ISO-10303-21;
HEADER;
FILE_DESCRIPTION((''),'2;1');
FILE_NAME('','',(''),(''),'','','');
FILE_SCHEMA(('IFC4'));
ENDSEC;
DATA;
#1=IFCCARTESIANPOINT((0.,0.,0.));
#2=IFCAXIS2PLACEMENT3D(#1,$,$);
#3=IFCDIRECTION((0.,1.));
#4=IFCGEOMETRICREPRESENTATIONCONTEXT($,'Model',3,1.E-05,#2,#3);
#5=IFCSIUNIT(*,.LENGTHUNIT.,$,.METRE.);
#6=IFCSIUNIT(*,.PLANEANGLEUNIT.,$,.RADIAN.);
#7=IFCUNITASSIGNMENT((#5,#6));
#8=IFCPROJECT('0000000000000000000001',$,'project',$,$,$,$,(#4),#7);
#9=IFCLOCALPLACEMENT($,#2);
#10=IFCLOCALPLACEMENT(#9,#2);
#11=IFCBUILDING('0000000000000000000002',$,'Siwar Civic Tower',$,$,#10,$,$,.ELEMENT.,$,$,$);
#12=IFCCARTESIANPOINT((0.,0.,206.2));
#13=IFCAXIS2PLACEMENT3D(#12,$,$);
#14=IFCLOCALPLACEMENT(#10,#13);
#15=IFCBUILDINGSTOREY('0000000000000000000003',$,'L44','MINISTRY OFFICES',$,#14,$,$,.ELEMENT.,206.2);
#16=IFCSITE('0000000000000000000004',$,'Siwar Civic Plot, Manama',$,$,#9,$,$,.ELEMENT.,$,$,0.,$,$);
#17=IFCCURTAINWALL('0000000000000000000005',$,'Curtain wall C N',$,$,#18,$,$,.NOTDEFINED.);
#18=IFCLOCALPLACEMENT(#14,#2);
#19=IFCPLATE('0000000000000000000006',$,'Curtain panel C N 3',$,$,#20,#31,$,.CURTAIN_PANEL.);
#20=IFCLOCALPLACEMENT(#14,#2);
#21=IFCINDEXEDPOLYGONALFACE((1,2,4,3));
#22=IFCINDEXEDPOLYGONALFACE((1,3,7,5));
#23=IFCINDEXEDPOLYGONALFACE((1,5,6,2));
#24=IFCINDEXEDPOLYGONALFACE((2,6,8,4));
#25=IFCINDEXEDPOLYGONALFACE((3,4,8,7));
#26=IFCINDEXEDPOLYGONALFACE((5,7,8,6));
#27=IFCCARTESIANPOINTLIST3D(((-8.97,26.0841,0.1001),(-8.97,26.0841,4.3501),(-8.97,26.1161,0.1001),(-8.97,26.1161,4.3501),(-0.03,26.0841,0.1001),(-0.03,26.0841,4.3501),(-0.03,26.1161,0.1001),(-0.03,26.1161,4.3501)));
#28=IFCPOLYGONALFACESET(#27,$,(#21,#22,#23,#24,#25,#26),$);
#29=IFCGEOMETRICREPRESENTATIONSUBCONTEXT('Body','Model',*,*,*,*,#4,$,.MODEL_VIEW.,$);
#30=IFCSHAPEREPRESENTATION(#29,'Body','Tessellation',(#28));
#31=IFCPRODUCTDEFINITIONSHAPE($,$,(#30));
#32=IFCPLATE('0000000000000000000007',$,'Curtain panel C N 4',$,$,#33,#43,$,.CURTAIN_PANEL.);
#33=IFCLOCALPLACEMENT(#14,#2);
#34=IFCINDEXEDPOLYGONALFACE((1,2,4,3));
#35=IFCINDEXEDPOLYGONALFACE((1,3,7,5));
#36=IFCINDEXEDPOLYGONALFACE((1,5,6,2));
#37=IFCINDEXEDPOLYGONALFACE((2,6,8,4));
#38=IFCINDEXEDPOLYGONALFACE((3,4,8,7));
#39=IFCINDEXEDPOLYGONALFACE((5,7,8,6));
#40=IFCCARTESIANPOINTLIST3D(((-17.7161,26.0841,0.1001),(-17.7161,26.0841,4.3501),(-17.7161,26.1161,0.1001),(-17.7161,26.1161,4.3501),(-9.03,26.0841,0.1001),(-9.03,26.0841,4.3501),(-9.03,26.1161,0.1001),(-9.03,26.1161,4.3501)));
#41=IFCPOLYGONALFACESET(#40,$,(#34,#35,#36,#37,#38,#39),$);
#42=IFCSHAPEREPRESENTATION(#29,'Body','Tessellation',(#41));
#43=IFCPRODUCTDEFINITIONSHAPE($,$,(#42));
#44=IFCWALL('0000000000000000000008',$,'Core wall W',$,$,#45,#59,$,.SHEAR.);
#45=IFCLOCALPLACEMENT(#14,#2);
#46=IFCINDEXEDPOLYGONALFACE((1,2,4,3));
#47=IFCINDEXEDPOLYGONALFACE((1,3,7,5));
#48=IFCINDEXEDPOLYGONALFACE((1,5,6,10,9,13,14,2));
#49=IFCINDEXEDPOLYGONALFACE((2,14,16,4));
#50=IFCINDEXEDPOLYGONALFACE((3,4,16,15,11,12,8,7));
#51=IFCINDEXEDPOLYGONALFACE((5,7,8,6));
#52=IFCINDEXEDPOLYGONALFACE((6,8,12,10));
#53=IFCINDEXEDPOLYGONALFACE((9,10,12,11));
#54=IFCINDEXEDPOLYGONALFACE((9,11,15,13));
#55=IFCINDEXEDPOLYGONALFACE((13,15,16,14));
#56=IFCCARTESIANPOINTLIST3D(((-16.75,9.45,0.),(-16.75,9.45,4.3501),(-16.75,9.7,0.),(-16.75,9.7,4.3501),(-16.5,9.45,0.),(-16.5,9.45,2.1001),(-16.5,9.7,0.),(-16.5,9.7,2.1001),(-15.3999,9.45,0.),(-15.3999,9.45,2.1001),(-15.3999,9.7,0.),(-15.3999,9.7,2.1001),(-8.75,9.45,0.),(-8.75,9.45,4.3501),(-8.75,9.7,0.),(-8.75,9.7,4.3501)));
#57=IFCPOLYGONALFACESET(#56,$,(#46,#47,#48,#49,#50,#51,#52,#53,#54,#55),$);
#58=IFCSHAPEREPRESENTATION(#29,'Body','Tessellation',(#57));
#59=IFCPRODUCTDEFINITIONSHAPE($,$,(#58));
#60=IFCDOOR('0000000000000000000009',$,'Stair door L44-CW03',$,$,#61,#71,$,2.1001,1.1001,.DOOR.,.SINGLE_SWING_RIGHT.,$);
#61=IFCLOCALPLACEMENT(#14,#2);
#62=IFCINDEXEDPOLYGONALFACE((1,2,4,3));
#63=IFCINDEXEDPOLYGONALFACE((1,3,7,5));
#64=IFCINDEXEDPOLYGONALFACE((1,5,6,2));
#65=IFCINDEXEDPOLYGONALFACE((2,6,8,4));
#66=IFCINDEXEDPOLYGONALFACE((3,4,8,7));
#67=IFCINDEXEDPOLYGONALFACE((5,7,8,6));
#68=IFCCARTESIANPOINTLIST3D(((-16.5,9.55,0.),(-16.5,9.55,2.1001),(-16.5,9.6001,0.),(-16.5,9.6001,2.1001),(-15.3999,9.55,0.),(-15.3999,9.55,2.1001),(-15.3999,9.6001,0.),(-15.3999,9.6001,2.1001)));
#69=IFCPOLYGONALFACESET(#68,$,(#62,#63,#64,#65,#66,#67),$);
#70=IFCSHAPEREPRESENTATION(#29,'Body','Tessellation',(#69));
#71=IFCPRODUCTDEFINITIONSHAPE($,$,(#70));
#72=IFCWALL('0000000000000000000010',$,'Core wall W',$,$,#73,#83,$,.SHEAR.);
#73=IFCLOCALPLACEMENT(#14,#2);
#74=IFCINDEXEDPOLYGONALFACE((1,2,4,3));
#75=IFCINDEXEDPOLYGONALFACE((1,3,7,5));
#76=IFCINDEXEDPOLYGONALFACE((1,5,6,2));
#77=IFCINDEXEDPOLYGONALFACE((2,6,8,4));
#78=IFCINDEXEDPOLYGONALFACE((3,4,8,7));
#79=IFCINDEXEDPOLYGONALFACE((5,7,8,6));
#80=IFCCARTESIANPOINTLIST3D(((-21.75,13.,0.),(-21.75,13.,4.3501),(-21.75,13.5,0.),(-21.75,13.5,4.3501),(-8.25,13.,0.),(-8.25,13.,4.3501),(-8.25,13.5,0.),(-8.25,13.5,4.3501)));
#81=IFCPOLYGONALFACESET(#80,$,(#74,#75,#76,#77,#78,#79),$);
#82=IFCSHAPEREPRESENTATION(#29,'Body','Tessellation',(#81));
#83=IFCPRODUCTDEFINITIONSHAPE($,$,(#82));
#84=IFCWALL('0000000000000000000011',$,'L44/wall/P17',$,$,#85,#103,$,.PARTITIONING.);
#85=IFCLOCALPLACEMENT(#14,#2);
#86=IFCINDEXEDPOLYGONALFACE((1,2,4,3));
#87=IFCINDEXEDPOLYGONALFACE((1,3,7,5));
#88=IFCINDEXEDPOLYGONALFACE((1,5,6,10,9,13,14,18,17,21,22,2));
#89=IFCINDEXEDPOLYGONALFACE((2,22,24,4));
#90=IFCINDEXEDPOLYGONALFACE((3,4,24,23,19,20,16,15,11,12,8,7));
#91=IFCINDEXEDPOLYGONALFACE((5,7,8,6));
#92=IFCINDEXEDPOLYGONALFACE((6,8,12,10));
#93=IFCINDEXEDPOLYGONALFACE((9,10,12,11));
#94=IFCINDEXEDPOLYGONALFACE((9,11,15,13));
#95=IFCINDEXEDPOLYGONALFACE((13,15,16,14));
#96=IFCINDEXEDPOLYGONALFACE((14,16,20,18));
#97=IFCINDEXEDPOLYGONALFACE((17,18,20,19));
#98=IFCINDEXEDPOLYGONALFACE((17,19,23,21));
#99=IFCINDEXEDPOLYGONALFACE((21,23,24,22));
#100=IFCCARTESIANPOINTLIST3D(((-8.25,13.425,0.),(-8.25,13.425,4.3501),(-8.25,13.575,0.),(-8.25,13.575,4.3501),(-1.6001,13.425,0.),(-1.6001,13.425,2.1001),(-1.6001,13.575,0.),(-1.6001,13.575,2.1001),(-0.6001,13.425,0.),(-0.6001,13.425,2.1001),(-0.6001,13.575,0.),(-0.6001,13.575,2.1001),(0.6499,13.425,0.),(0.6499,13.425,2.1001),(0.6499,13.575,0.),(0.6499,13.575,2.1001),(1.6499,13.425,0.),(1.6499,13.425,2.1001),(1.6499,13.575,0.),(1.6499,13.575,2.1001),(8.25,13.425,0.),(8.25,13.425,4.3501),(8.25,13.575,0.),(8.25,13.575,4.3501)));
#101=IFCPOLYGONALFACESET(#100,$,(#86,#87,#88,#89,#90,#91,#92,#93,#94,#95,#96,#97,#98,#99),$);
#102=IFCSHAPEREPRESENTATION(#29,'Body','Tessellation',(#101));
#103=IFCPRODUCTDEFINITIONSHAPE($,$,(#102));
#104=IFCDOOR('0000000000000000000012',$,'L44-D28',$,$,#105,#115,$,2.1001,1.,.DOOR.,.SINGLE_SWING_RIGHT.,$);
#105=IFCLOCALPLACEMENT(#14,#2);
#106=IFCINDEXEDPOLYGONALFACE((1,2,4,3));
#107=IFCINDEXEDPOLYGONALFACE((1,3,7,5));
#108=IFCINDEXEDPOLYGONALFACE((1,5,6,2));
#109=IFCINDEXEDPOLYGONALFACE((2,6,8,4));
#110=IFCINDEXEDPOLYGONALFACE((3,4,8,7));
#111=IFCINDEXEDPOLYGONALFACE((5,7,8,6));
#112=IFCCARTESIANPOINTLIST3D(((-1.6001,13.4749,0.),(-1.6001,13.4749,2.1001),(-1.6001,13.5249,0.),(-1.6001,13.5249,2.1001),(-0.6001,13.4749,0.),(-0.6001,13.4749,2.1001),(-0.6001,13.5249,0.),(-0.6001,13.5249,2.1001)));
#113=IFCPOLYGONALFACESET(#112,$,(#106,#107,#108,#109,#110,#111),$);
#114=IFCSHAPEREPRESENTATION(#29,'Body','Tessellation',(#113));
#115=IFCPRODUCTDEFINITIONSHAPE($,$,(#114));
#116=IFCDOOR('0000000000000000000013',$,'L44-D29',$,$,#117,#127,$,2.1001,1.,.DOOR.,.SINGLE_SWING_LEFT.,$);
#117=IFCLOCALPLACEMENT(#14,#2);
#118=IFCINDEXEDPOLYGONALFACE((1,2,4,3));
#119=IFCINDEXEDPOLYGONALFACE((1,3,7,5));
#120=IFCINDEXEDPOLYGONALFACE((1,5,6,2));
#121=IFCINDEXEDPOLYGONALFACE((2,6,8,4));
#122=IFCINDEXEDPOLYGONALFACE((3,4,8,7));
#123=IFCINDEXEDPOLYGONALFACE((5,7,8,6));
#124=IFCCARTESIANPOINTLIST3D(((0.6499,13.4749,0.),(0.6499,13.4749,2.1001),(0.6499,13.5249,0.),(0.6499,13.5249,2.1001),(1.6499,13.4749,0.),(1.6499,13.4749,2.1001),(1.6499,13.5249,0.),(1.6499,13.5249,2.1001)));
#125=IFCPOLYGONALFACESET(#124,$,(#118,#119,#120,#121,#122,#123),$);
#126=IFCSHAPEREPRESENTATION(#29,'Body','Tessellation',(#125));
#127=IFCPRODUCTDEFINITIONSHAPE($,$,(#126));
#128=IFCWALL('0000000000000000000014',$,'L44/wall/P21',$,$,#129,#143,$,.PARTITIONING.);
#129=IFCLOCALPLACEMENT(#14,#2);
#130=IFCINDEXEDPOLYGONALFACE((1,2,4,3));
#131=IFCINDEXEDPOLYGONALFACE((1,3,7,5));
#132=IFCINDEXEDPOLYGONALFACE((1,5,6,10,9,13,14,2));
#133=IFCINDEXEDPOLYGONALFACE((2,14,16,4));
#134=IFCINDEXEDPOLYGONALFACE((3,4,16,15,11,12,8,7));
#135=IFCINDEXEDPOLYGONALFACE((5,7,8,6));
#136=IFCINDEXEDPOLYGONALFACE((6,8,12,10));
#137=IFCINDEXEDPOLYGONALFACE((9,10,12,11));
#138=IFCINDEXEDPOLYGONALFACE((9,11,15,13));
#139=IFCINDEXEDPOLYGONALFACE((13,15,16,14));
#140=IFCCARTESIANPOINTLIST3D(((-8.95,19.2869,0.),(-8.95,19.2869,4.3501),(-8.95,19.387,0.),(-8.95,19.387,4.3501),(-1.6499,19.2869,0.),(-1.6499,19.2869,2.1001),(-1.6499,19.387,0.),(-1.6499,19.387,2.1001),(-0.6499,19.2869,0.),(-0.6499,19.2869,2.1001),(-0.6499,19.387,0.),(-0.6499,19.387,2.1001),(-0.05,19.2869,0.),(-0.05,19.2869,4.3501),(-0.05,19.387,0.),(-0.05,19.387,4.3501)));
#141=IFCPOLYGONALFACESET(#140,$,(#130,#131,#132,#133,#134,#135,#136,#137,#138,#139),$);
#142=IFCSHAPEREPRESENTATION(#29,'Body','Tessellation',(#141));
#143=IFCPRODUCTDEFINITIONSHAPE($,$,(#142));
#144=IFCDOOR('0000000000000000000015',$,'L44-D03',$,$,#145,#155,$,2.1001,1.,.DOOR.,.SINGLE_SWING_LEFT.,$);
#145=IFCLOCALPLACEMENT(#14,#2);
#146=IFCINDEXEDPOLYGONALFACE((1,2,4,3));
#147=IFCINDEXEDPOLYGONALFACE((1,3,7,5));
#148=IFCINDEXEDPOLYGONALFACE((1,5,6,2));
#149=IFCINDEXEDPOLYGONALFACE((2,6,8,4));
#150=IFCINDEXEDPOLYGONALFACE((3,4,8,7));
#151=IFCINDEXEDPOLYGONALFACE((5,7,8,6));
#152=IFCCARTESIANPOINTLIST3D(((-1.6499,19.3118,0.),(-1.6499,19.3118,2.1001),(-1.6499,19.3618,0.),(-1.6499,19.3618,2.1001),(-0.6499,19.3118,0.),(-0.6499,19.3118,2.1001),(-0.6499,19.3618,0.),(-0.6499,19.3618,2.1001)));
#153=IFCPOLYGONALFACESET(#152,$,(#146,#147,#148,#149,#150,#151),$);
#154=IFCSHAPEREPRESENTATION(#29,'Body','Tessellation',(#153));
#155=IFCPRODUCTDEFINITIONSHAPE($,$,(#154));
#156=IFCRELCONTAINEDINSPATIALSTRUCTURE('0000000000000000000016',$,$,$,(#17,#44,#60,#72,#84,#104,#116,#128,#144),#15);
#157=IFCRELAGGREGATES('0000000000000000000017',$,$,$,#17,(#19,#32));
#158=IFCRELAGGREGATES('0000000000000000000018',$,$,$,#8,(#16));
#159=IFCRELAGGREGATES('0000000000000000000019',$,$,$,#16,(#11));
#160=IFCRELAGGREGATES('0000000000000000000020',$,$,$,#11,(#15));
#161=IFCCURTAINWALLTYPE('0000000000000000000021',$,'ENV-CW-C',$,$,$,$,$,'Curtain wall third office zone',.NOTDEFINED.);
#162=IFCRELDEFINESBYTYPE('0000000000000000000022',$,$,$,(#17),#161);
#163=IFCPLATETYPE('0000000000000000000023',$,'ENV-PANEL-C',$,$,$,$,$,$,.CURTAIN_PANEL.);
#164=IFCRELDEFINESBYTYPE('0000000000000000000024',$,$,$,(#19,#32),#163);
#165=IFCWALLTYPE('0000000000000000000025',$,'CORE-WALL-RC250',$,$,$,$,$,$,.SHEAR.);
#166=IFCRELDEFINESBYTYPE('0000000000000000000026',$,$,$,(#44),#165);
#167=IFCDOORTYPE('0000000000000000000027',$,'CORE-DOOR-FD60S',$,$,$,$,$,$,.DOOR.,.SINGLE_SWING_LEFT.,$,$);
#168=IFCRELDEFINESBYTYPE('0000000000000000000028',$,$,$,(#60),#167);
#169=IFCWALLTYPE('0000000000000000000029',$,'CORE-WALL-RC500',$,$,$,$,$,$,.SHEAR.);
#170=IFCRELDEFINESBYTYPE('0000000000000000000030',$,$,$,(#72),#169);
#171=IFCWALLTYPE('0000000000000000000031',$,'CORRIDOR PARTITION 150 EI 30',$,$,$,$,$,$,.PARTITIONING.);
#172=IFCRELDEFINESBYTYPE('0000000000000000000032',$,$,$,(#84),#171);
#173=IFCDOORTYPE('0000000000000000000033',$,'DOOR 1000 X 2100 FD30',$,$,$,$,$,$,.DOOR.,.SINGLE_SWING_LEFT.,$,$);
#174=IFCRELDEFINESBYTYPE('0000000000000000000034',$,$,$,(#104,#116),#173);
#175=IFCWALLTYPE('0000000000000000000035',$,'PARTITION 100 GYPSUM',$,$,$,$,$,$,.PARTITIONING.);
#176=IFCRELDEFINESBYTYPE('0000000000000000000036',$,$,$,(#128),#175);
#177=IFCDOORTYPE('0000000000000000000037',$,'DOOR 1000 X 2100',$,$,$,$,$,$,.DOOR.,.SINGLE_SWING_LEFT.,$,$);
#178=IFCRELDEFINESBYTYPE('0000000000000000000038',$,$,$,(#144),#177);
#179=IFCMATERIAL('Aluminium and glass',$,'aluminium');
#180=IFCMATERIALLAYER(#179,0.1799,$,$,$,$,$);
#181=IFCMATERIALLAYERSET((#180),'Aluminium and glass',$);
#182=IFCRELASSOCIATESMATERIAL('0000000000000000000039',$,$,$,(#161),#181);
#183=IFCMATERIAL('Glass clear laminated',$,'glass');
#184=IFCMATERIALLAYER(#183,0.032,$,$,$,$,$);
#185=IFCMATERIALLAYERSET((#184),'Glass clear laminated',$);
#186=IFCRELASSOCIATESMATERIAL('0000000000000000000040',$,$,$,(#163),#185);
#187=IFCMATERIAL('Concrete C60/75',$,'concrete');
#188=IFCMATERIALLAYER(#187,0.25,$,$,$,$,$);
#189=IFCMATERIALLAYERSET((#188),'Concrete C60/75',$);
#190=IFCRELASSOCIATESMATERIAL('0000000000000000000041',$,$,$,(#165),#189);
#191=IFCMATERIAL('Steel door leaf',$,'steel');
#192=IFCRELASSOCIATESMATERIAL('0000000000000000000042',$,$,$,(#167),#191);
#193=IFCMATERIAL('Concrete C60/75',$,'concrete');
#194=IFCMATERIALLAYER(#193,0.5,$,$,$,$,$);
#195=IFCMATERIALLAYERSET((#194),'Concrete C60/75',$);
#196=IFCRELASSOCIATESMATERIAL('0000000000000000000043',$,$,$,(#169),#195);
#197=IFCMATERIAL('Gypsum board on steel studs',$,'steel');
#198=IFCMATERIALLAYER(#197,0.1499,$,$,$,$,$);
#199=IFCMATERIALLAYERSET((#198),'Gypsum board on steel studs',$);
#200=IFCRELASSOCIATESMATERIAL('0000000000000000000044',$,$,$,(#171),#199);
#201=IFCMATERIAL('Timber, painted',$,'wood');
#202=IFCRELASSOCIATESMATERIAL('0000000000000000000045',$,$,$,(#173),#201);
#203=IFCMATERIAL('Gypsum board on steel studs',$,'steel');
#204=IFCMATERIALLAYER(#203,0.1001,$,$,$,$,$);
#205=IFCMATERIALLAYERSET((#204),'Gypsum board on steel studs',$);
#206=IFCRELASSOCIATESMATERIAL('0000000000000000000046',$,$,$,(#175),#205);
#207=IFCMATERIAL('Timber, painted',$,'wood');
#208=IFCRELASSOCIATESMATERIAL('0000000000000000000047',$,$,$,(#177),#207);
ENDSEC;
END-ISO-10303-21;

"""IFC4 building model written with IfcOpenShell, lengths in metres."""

from ifc_helpers import new_model, si_unit, direction, frame, frame_2d, origin, origin_2d, place, context, subcontext, project, spatial, rectangle, extrude, material, layer, layer_set, type_object, element, fill, aggregate, save


model = new_model("IFC4")

# Units and contexts
model_context = context("Model", 3, precision=1e-05, world=origin(), true_north=direction((0.0, 1.0)))
body_context = subcontext(model_context, "Body", "Model", "MODEL_VIEW")
ifc_project = project(units=[si_unit("LENGTHUNIT", "METRE"), si_unit("PLANEANGLEUNIT", "RADIAN")], contexts=[model_context])

# Site, building, storey
site_placement = place(None, origin())
site = spatial("IfcSite", under=ifc_project, at=site_placement, Name="Siwar Civic Plot, Manama", CompositionType="ELEMENT", RefElevation=0.0)
building_placement = place(site_placement, origin())
building = spatial("IfcBuilding", under=site, at=building_placement, Name="Siwar Civic Tower", CompositionType="ELEMENT")
storey_placement = place(building_placement, frame((0.0, 0.0, 206.2)))
storey = spatial("IfcBuildingStorey", under=building, at=storey_placement, Name="L44", Description="MINISTRY OFFICES", CompositionType="ELEMENT", Elevation=206.2)

# Curtain wall
ifc_material_1 = material(Name="Aluminium and glass", Category="aluminium")
ifc_layer_1 = layer(ifc_material_1, 0.1799)
ifc_layer_set_1 = layer_set([ifc_layer_1], Name="Aluminium and glass")
curtain_wall_type_1 = type_object("IfcCurtainWallType", Name="ENV-CW-C", ElementType="Curtain wall third office zone", PredefinedType="NOTDEFINED", material=ifc_layer_set_1)
curtain_wall_1_placement = place(storey_placement, origin())
curtain_wall_1 = element("IfcCurtainWall", 1, at=curtain_wall_1_placement, inside=storey, type_object=curtain_wall_type_1, Name="Curtain wall C N", PredefinedType="NOTDEFINED")

# Plates
ifc_material_2 = material(Name="Glass clear laminated", Category="glass")
ifc_layer_2 = layer(ifc_material_2, 0.032)
ifc_layer_set_2 = layer_set([ifc_layer_2], Name="Glass clear laminated")
plate_type = type_object("IfcPlateType", Name="ENV-PANEL-C", PredefinedType="CURTAIN_PANEL", material=ifc_layer_set_2)
plate_1_placement = place(storey_placement, frame((-4.5, 26.1001, 0.1001), z_axis=(0.0, 0.0, 1.0), x_axis=(-1.0, 0.0, 0.0)))
plate_1 = element("IfcPlate", 2, at=plate_1_placement, type_object=plate_type, Name="Curtain panel C N 3", PredefinedType="CURTAIN_PANEL", context=body_context, shape_type="SweptSolid", body=[
    extrude(rectangle(XDim=8.9399, YDim=0.032, at=origin_2d()), origin(), (0.0, 0.0, 1.0), 4.25),
])
plate_2_placement = place(storey_placement, frame((-13.373, 26.1001, 0.1001), z_axis=(0.0, 0.0, 1.0), x_axis=(-1.0, 0.0, 0.0)))
plate_2 = element("IfcPlate", 3, at=plate_2_placement, type_object=plate_type, Name="Curtain panel C N 4", PredefinedType="CURTAIN_PANEL", context=body_context, shape_type="SweptSolid", body=[
    extrude(rectangle(XDim=8.686, YDim=0.032, at=origin_2d()), origin(), (0.0, 0.0, 1.0), 4.25),
])
aggregate(curtain_wall_1, [plate_1, plate_2])

# Wall, opening, door
ifc_material_3 = material(Name="Concrete C60/75", Category="concrete")
ifc_layer_3 = layer(ifc_material_3, 0.25)
ifc_layer_set_3 = layer_set([ifc_layer_3], Name="Concrete C60/75")
wall_type_1 = type_object("IfcWallType", Name="CORE-WALL-RC250", PredefinedType="SHEAR", material=ifc_layer_set_3)
wall_1_placement = place(storey_placement, frame((-8.75, 9.575, 0.0), z_axis=(0.0, 0.0, 1.0), x_axis=(-1.0, 0.0, 0.0)))
wall_1 = element("IfcWall", 4, at=wall_1_placement, inside=storey, type_object=wall_type_1, Name="Core wall W", PredefinedType="SHEAR", context=body_context, shape_type="SweptSolid", body=[
    extrude(rectangle(XDim=8.0, YDim=0.25, at=frame_2d((4.0, 0.0))), origin(), (0.0, 0.0, 1.0), 4.3501),
])
opening_1_placement = place(wall_1_placement, frame((6.6499, 0.0, 0.0)))
opening_1 = element("IfcOpeningElement", 5, at=opening_1_placement, cuts=wall_1, PredefinedType="OPENING", context=body_context, shape_type="SweptSolid", body=[
    extrude(rectangle(XDim=1.1001, YDim=2.1001, at=frame_2d((0.55, 1.05))), frame((0.0, 0.135, 0.0), z_axis=(0.0, -1.0, 0.0), x_axis=(1.0, 0.0, 0.0)), (0.0, 0.0, 1.0), 0.27),
])
ifc_material_4 = material(Name="Steel door leaf", Category="steel")
door_type_1 = type_object("IfcDoorType", Name="CORE-DOOR-FD60S", OperationType="SINGLE_SWING_LEFT", PredefinedType="DOOR", material=ifc_material_4)
door_1_placement = place(opening_1_placement, origin())
door_1 = element("IfcDoor", 6, at=door_1_placement, inside=storey, type_object=door_type_1, Name="Stair door L44-CW03", OperationType="SINGLE_SWING_RIGHT", OverallHeight=2.1001, OverallWidth=1.1001, PredefinedType="DOOR", context=body_context, shape_type="SweptSolid", body=[
    extrude(rectangle(XDim=1.1001, YDim=2.1001, at=frame_2d((0.55, 1.05))), frame((0.0, 0.0249, 0.0), z_axis=(0.0, -1.0, 0.0), x_axis=(1.0, 0.0, 0.0)), (0.0, 0.0, 1.0), 0.05),
])
fill(opening_1, door_1)

# Wall
ifc_material_5 = material(Name="Concrete C60/75", Category="concrete")
ifc_layer_4 = layer(ifc_material_5, 0.5)
ifc_layer_set_4 = layer_set([ifc_layer_4], Name="Concrete C60/75")
wall_type_2 = type_object("IfcWallType", Name="CORE-WALL-RC500", PredefinedType="SHEAR", material=ifc_layer_set_4)
wall_2_placement = place(storey_placement, frame((-8.25, 13.25, 0.0), z_axis=(0.0, 0.0, 1.0), x_axis=(-1.0, 0.0, 0.0)))
element("IfcWall", 7, at=wall_2_placement, inside=storey, type_object=wall_type_2, Name="Core wall W", PredefinedType="SHEAR", context=body_context, shape_type="SweptSolid", body=[
    extrude(rectangle(XDim=13.5, YDim=0.5, at=frame_2d((6.75, 0.0))), origin(), (0.0, 0.0, 1.0), 4.3501),
])

# Wall, openings, doors
ifc_material_6 = material(Name="Gypsum board on steel studs", Category="steel")
ifc_layer_5 = layer(ifc_material_6, 0.1499)
ifc_layer_set_5 = layer_set([ifc_layer_5], Name="Gypsum board on steel studs")
wall_type_3 = type_object("IfcWallType", Name="CORRIDOR PARTITION 150 EI 30", PredefinedType="PARTITIONING", material=ifc_layer_set_5)
wall_3_placement = place(storey_placement, frame((-8.25, 13.5, 0.0), z_axis=(0.0, 0.0, 1.0), x_axis=(1.0, 0.0, 0.0)))
wall_3 = element("IfcWall", 8, at=wall_3_placement, inside=storey, type_object=wall_type_3, Name="L44/wall/P17", PredefinedType="PARTITIONING", context=body_context, shape_type="SweptSolid", body=[
    extrude(rectangle(XDim=16.5, YDim=0.1499, at=frame_2d((8.25, 0.0))), origin(), (0.0, 0.0, 1.0), 4.3501),
])
opening_2_placement = place(wall_3_placement, frame((6.6499, 0.0, 0.0)))
opening_2 = element("IfcOpeningElement", 9, at=opening_2_placement, cuts=wall_3, PredefinedType="OPENING", context=body_context, shape_type="SweptSolid", body=[
    extrude(rectangle(XDim=1.0, YDim=2.1001, at=frame_2d((0.5, 1.05))), frame((0.0, 0.085, 0.0), z_axis=(0.0, -1.0, 0.0), x_axis=(1.0, 0.0, 0.0)), (0.0, 0.0, 1.0), 0.1699),
])
opening_3_placement = place(wall_3_placement, frame((8.8999, 0.0, 0.0)))
opening_3 = element("IfcOpeningElement", 10, at=opening_3_placement, cuts=wall_3, PredefinedType="OPENING", context=body_context, shape_type="SweptSolid", body=[
    extrude(rectangle(XDim=1.0, YDim=2.1001, at=frame_2d((0.5, 1.05))), frame((0.0, 0.085, 0.0), z_axis=(0.0, -1.0, 0.0), x_axis=(1.0, 0.0, 0.0)), (0.0, 0.0, 1.0), 0.1699),
])
ifc_material_7 = material(Name="Timber, painted", Category="wood")
door_type_2 = type_object("IfcDoorType", Name="DOOR 1000 X 2100 FD30", OperationType="SINGLE_SWING_LEFT", PredefinedType="DOOR", material=ifc_material_7)
door_2_placement = place(opening_2_placement, origin())
door_2 = element("IfcDoor", 11, at=door_2_placement, inside=storey, type_object=door_type_2, Name="L44-D28", OperationType="SINGLE_SWING_RIGHT", OverallHeight=2.1001, OverallWidth=1.0, PredefinedType="DOOR", context=body_context, shape_type="SweptSolid", body=[
    extrude(rectangle(XDim=1.0, YDim=2.1001, at=frame_2d((0.5, 1.05))), frame((0.0, 0.0249, 0.0), z_axis=(0.0, -1.0, 0.0), x_axis=(1.0, 0.0, 0.0)), (0.0, 0.0, 1.0), 0.05),
])
fill(opening_2, door_2)
door_3_placement = place(opening_3_placement, origin())
door_3 = element("IfcDoor", 12, at=door_3_placement, inside=storey, type_object=door_type_2, Name="L44-D29", OperationType="SINGLE_SWING_LEFT", OverallHeight=2.1001, OverallWidth=1.0, PredefinedType="DOOR", context=body_context, shape_type="SweptSolid", body=[
    extrude(rectangle(XDim=1.0, YDim=2.1001, at=frame_2d((0.5, 1.05))), frame((0.0, 0.0249, 0.0), z_axis=(0.0, -1.0, 0.0), x_axis=(1.0, 0.0, 0.0)), (0.0, 0.0, 1.0), 0.05),
])
fill(opening_3, door_3)

# Wall, opening, door
ifc_material_8 = material(Name="Gypsum board on steel studs", Category="steel")
ifc_layer_6 = layer(ifc_material_8, 0.1001)
ifc_layer_set_6 = layer_set([ifc_layer_6], Name="Gypsum board on steel studs")
wall_type_4 = type_object("IfcWallType", Name="PARTITION 100 GYPSUM", PredefinedType="PARTITIONING", material=ifc_layer_set_6)
wall_4_placement = place(storey_placement, frame((-8.95, 19.3369, 0.0), z_axis=(0.0, 0.0, 1.0), x_axis=(1.0, 0.0, 0.0)))
wall_4 = element("IfcWall", 13, at=wall_4_placement, inside=storey, type_object=wall_type_4, Name="L44/wall/P21", PredefinedType="PARTITIONING", context=body_context, shape_type="SweptSolid", body=[
    extrude(rectangle(XDim=8.8999, YDim=0.1001, at=frame_2d((4.45, 0.0))), origin(), (0.0, 0.0, 1.0), 4.3501),
])
opening_4_placement = place(wall_4_placement, frame((7.3, 0.0, 0.0)))
opening_4 = element("IfcOpeningElement", 14, at=opening_4_placement, cuts=wall_4, PredefinedType="OPENING", context=body_context, shape_type="SweptSolid", body=[
    extrude(rectangle(XDim=1.0, YDim=2.1001, at=frame_2d((0.5, 1.05))), frame((0.0, 0.0601, 0.0), z_axis=(0.0, -1.0, 0.0), x_axis=(1.0, 0.0, 0.0)), (0.0, 0.0, 1.0), 0.1201),
])
ifc_material_9 = material(Name="Timber, painted", Category="wood")
door_type_3 = type_object("IfcDoorType", Name="DOOR 1000 X 2100", OperationType="SINGLE_SWING_LEFT", PredefinedType="DOOR", material=ifc_material_9)
door_4_placement = place(opening_4_placement, origin())
door_4 = element("IfcDoor", 15, at=door_4_placement, inside=storey, type_object=door_type_3, Name="L44-D03", OperationType="SINGLE_SWING_LEFT", OverallHeight=2.1001, OverallWidth=1.0, PredefinedType="DOOR", context=body_context, shape_type="SweptSolid", body=[
    extrude(rectangle(XDim=1.0, YDim=2.1001, at=frame_2d((0.5, 1.05))), frame((0.0, 0.0249, 0.0), z_axis=(0.0, -1.0, 0.0), x_axis=(1.0, 0.0, 0.0)), (0.0, 0.0, 1.0), 0.05),
])
fill(opening_4, door_4)

save(model, "model.ifc")
